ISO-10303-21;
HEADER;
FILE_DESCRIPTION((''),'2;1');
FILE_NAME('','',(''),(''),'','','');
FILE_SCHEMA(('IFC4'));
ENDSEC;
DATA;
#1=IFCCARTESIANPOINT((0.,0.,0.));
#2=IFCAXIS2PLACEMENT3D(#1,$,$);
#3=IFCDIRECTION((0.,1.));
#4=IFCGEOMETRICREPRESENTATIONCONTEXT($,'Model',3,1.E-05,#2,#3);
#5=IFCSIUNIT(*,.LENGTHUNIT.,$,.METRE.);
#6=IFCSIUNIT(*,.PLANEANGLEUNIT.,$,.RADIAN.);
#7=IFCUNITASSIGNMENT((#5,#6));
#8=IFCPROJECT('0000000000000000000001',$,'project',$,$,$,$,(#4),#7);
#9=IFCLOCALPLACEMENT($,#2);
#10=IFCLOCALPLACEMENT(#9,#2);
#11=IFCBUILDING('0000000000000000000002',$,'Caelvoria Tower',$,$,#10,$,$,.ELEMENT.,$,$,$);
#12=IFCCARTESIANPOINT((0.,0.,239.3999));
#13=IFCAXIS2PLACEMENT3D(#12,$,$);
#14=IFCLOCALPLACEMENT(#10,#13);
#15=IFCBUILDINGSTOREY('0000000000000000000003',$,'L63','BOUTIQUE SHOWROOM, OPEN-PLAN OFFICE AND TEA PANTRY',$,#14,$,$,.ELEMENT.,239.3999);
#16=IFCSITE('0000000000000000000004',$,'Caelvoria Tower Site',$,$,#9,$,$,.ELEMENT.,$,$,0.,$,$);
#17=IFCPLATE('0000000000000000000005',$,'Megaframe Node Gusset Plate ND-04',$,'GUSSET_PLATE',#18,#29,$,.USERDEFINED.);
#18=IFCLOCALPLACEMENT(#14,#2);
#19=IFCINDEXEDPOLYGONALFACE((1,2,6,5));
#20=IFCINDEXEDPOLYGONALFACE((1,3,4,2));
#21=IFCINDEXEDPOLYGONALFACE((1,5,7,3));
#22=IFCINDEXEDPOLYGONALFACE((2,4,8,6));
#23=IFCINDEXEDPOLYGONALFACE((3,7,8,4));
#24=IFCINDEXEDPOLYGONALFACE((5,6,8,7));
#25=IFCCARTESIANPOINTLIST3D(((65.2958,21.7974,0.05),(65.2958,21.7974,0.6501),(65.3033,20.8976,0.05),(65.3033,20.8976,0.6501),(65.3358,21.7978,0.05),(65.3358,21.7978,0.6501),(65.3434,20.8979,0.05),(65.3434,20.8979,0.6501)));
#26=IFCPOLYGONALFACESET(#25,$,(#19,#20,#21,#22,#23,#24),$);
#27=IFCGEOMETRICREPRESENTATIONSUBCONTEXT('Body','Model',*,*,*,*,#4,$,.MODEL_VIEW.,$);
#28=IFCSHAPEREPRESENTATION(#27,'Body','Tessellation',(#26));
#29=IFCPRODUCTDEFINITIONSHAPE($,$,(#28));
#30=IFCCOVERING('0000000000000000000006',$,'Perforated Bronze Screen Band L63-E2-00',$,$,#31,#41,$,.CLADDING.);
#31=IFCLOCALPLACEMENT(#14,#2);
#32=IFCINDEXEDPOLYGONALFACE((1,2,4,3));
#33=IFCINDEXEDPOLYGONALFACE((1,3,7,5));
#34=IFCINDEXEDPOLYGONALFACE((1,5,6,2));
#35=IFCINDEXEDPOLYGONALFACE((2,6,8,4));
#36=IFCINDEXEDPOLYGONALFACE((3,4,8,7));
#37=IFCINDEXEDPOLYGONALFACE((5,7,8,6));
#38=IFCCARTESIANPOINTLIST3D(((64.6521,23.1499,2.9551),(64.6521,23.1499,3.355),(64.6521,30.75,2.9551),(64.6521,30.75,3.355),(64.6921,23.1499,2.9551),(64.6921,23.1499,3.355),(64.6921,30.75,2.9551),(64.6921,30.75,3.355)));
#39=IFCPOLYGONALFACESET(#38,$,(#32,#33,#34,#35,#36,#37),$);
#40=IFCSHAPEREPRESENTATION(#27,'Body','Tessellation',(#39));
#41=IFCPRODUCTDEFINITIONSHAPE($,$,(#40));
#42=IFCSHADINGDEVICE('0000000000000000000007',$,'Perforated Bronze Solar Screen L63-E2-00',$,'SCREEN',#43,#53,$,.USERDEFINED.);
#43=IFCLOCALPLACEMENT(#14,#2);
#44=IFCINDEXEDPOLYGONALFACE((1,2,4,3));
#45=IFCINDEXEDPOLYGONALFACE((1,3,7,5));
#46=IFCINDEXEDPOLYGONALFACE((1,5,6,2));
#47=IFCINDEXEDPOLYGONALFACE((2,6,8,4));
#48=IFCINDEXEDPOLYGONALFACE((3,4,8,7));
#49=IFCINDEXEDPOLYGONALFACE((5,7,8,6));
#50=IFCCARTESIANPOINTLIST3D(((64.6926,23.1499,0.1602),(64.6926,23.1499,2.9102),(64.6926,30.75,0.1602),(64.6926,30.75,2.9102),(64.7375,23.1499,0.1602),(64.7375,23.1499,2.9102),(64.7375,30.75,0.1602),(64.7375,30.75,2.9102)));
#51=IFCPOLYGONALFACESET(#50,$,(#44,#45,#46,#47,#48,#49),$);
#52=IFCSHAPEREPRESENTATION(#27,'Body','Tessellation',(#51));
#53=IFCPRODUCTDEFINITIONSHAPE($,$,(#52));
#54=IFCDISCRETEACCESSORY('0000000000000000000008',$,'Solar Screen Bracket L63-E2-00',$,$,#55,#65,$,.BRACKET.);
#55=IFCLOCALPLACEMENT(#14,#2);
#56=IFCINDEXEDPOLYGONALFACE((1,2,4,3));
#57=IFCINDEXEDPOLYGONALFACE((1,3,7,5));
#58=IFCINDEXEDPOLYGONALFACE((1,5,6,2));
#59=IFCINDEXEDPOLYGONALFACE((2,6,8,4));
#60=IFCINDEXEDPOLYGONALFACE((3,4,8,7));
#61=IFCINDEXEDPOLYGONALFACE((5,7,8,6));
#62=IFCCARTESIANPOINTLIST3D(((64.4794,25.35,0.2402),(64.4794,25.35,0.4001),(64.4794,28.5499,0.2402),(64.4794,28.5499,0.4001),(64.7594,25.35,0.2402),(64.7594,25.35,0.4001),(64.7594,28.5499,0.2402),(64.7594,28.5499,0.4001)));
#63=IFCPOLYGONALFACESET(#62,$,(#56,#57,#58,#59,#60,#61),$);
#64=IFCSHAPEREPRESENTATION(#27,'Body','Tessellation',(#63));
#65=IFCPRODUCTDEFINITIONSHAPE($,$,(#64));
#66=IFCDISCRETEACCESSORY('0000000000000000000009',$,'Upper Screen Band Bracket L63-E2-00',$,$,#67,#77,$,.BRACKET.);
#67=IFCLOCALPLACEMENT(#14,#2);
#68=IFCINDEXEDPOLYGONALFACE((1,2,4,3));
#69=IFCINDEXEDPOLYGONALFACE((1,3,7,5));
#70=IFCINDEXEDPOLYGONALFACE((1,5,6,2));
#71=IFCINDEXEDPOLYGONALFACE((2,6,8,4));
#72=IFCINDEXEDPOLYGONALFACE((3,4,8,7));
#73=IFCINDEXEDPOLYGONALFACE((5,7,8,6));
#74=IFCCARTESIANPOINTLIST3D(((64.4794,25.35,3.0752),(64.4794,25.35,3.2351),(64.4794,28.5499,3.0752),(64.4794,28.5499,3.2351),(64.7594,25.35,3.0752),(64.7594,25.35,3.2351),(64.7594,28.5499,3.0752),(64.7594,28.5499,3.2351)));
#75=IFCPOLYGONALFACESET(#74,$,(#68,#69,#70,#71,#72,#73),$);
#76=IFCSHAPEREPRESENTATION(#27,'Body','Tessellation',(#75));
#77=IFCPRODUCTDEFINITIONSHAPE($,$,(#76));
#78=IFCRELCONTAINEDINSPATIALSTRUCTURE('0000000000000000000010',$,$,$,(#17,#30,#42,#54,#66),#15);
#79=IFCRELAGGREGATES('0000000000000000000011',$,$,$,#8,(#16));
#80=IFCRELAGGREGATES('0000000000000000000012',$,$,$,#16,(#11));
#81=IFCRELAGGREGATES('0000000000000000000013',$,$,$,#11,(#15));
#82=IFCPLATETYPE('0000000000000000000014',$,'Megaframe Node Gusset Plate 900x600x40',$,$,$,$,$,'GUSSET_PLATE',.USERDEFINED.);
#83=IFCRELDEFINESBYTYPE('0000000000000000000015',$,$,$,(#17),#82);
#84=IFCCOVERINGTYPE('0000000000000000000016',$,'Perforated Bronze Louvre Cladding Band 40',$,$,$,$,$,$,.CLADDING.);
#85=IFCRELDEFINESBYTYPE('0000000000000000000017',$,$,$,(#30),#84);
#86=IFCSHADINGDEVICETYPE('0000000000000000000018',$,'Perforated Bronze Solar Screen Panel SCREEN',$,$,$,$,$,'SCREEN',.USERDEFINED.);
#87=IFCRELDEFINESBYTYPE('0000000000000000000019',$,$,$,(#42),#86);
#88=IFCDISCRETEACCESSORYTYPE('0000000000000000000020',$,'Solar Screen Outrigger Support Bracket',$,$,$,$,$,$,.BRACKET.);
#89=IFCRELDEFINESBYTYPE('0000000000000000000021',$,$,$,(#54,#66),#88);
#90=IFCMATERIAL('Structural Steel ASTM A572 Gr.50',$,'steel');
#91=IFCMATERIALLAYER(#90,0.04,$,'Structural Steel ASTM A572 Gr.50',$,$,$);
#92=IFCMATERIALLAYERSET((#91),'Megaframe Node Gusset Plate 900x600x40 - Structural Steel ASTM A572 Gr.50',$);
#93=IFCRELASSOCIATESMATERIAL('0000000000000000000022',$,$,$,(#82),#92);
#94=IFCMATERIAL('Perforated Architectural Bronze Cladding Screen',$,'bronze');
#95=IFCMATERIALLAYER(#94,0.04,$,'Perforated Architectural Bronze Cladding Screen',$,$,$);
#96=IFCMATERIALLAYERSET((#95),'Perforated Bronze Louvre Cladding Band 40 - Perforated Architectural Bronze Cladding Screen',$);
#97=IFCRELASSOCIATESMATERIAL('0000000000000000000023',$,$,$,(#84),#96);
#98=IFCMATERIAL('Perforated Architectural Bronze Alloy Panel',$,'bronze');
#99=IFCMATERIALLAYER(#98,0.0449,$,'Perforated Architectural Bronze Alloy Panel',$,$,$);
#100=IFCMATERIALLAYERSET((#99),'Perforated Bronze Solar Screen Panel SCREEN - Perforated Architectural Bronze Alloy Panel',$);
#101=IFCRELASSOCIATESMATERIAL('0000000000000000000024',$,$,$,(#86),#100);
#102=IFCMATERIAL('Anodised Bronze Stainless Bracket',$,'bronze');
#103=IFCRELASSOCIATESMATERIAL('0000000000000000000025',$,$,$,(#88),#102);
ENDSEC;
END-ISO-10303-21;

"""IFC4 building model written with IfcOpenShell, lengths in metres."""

from ifc_helpers import new_model, si_unit, direction, frame, origin, origin_2d, place, context, subcontext, project, spatial, rectangle, extrude, material, layer, layer_set, type_object, element, save


model = new_model("IFC4")

# Units and contexts
model_context = context("Model", 3, precision=1e-05, world=origin(), true_north=direction((0.0, 1.0)))
body_context = subcontext(model_context, "Body", "Model", "MODEL_VIEW")
ifc_project = project(units=[si_unit("LENGTHUNIT", "METRE"), si_unit("PLANEANGLEUNIT", "RADIAN")], contexts=[model_context])

# Site, building, storey
site_placement = place(None, origin())
site = spatial("IfcSite", under=ifc_project, at=site_placement, Name="Caelvoria Tower Site", CompositionType="ELEMENT", RefElevation=0.0)
building_placement = place(site_placement, origin())
building = spatial("IfcBuilding", under=site, at=building_placement, Name="Caelvoria Tower", CompositionType="ELEMENT")
storey_placement = place(building_placement, frame((0.0, 0.0, 239.3999)))
storey = spatial("IfcBuildingStorey", under=building, at=storey_placement, Name="L63", Description="BOUTIQUE SHOWROOM, OPEN-PLAN OFFICE AND TEA PANTRY", CompositionType="ELEMENT", Elevation=239.3999)

# Plate
ifc_material_1 = material(Name="Structural Steel ASTM A572 Gr.50", Category="steel")
ifc_layer_1 = layer(ifc_material_1, 0.04, Name="Structural Steel ASTM A572 Gr.50")
ifc_layer_set_1 = layer_set([ifc_layer_1], Name="Megaframe Node Gusset Plate 900x600x40 - Structural Steel ASTM A572 Gr.50")
plate_type_1 = type_object("IfcPlateType", Name="Megaframe Node Gusset Plate 900x600x40", ElementType="GUSSET_PLATE", PredefinedType="USERDEFINED", material=ifc_layer_set_1)
plate_1_placement = place(storey_placement, frame((65.3196, 21.3477, 0.05), z_axis=(0.0, 0.0, 1.0), x_axis=(-0.008402, 0.999965, 0.0)))
element("IfcPlate", 1, at=plate_1_placement, inside=storey, type_object=plate_type_1, Name="Megaframe Node Gusset Plate ND-04", ObjectType="GUSSET_PLATE", PredefinedType="USERDEFINED", context=body_context, shape_type="SweptSolid", body=[
    extrude(rectangle(XDim=0.8999, YDim=0.04, at=origin_2d()), origin(), (0.0, 0.0, 1.0), 0.6001),
])

# Covering
ifc_material_2 = material(Name="Perforated Architectural Bronze Cladding Screen", Category="bronze")
ifc_layer_2 = layer(ifc_material_2, 0.04, Name="Perforated Architectural Bronze Cladding Screen")
ifc_layer_set_2 = layer_set([ifc_layer_2], Name="Perforated Bronze Louvre Cladding Band 40 - Perforated Architectural Bronze Cladding Screen")
covering_type = type_object("IfcCoveringType", Name="Perforated Bronze Louvre Cladding Band 40", PredefinedType="CLADDING", material=ifc_layer_set_2)
covering_placement = place(storey_placement, frame((64.6721, 26.95, 2.9551), z_axis=(0.0, 0.0, 1.0), x_axis=(0.0, 1.0, 0.0)))
element("IfcCovering", 2, at=covering_placement, inside=storey, type_object=covering_type, Name="Perforated Bronze Screen Band L63-E2-00", PredefinedType="CLADDING", context=body_context, shape_type="SweptSolid", body=[
    extrude(rectangle(XDim=7.6001, YDim=0.04, at=origin_2d()), origin(), (0.0, 0.0, 1.0), 0.3999),
])

# Shading device
ifc_material_3 = material(Name="Perforated Architectural Bronze Alloy Panel", Category="bronze")
ifc_layer_3 = layer(ifc_material_3, 0.0449, Name="Perforated Architectural Bronze Alloy Panel")
ifc_layer_set_3 = layer_set([ifc_layer_3], Name="Perforated Bronze Solar Screen Panel SCREEN - Perforated Architectural Bronze Alloy Panel")
shading_device_type = type_object("IfcShadingDeviceType", Name="Perforated Bronze Solar Screen Panel SCREEN", ElementType="SCREEN", PredefinedType="USERDEFINED", material=ifc_layer_set_3)
shading_device_placement = place(storey_placement, frame((64.7151, 26.95, 0.1602), z_axis=(0.0, 0.0, 1.0), x_axis=(0.0, 1.0, 0.0)))
element("IfcShadingDevice", 3, at=shading_device_placement, inside=storey, type_object=shading_device_type, Name="Perforated Bronze Solar Screen L63-E2-00", ObjectType="SCREEN", PredefinedType="USERDEFINED", context=body_context, shape_type="SweptSolid", body=[
    extrude(rectangle(XDim=7.6001, YDim=0.0449, at=origin_2d()), origin(), (0.0, 0.0, 1.0), 2.75),
])

# Discrete accessories
ifc_material_4 = material(Name="Anodised Bronze Stainless Bracket", Category="bronze")
discrete_accessory_type = type_object("IfcDiscreteAccessoryType", Name="Solar Screen Outrigger Support Bracket", PredefinedType="BRACKET", material=ifc_material_4)
for number, where, z_axis, x_axis, name in (
    (4, (64.6194, 26.95, 0.2402), (0.0, 0.0, 1.0), (0.0, 1.0, 0.0), "Solar Screen Bracket L63-E2-00"),
    (5, (64.6194, 26.95, 3.0752), (0.0, 0.0, 1.0), (0.0, 1.0, 0.0), "Upper Screen Band Bracket L63-E2-00"),
):
    element("IfcDiscreteAccessory", number, at=place(storey_placement, frame(where, z_axis=z_axis, x_axis=x_axis)), inside=storey, type_object=discrete_accessory_type, Name=name, PredefinedType="BRACKET", context=body_context, shape_type="SweptSolid", body=[
        extrude(rectangle(XDim=3.2, YDim=0.28, at=origin_2d()), origin(), (0.0, 0.0, 1.0), 0.1599),
    ])

save(model, "model.ifc")
